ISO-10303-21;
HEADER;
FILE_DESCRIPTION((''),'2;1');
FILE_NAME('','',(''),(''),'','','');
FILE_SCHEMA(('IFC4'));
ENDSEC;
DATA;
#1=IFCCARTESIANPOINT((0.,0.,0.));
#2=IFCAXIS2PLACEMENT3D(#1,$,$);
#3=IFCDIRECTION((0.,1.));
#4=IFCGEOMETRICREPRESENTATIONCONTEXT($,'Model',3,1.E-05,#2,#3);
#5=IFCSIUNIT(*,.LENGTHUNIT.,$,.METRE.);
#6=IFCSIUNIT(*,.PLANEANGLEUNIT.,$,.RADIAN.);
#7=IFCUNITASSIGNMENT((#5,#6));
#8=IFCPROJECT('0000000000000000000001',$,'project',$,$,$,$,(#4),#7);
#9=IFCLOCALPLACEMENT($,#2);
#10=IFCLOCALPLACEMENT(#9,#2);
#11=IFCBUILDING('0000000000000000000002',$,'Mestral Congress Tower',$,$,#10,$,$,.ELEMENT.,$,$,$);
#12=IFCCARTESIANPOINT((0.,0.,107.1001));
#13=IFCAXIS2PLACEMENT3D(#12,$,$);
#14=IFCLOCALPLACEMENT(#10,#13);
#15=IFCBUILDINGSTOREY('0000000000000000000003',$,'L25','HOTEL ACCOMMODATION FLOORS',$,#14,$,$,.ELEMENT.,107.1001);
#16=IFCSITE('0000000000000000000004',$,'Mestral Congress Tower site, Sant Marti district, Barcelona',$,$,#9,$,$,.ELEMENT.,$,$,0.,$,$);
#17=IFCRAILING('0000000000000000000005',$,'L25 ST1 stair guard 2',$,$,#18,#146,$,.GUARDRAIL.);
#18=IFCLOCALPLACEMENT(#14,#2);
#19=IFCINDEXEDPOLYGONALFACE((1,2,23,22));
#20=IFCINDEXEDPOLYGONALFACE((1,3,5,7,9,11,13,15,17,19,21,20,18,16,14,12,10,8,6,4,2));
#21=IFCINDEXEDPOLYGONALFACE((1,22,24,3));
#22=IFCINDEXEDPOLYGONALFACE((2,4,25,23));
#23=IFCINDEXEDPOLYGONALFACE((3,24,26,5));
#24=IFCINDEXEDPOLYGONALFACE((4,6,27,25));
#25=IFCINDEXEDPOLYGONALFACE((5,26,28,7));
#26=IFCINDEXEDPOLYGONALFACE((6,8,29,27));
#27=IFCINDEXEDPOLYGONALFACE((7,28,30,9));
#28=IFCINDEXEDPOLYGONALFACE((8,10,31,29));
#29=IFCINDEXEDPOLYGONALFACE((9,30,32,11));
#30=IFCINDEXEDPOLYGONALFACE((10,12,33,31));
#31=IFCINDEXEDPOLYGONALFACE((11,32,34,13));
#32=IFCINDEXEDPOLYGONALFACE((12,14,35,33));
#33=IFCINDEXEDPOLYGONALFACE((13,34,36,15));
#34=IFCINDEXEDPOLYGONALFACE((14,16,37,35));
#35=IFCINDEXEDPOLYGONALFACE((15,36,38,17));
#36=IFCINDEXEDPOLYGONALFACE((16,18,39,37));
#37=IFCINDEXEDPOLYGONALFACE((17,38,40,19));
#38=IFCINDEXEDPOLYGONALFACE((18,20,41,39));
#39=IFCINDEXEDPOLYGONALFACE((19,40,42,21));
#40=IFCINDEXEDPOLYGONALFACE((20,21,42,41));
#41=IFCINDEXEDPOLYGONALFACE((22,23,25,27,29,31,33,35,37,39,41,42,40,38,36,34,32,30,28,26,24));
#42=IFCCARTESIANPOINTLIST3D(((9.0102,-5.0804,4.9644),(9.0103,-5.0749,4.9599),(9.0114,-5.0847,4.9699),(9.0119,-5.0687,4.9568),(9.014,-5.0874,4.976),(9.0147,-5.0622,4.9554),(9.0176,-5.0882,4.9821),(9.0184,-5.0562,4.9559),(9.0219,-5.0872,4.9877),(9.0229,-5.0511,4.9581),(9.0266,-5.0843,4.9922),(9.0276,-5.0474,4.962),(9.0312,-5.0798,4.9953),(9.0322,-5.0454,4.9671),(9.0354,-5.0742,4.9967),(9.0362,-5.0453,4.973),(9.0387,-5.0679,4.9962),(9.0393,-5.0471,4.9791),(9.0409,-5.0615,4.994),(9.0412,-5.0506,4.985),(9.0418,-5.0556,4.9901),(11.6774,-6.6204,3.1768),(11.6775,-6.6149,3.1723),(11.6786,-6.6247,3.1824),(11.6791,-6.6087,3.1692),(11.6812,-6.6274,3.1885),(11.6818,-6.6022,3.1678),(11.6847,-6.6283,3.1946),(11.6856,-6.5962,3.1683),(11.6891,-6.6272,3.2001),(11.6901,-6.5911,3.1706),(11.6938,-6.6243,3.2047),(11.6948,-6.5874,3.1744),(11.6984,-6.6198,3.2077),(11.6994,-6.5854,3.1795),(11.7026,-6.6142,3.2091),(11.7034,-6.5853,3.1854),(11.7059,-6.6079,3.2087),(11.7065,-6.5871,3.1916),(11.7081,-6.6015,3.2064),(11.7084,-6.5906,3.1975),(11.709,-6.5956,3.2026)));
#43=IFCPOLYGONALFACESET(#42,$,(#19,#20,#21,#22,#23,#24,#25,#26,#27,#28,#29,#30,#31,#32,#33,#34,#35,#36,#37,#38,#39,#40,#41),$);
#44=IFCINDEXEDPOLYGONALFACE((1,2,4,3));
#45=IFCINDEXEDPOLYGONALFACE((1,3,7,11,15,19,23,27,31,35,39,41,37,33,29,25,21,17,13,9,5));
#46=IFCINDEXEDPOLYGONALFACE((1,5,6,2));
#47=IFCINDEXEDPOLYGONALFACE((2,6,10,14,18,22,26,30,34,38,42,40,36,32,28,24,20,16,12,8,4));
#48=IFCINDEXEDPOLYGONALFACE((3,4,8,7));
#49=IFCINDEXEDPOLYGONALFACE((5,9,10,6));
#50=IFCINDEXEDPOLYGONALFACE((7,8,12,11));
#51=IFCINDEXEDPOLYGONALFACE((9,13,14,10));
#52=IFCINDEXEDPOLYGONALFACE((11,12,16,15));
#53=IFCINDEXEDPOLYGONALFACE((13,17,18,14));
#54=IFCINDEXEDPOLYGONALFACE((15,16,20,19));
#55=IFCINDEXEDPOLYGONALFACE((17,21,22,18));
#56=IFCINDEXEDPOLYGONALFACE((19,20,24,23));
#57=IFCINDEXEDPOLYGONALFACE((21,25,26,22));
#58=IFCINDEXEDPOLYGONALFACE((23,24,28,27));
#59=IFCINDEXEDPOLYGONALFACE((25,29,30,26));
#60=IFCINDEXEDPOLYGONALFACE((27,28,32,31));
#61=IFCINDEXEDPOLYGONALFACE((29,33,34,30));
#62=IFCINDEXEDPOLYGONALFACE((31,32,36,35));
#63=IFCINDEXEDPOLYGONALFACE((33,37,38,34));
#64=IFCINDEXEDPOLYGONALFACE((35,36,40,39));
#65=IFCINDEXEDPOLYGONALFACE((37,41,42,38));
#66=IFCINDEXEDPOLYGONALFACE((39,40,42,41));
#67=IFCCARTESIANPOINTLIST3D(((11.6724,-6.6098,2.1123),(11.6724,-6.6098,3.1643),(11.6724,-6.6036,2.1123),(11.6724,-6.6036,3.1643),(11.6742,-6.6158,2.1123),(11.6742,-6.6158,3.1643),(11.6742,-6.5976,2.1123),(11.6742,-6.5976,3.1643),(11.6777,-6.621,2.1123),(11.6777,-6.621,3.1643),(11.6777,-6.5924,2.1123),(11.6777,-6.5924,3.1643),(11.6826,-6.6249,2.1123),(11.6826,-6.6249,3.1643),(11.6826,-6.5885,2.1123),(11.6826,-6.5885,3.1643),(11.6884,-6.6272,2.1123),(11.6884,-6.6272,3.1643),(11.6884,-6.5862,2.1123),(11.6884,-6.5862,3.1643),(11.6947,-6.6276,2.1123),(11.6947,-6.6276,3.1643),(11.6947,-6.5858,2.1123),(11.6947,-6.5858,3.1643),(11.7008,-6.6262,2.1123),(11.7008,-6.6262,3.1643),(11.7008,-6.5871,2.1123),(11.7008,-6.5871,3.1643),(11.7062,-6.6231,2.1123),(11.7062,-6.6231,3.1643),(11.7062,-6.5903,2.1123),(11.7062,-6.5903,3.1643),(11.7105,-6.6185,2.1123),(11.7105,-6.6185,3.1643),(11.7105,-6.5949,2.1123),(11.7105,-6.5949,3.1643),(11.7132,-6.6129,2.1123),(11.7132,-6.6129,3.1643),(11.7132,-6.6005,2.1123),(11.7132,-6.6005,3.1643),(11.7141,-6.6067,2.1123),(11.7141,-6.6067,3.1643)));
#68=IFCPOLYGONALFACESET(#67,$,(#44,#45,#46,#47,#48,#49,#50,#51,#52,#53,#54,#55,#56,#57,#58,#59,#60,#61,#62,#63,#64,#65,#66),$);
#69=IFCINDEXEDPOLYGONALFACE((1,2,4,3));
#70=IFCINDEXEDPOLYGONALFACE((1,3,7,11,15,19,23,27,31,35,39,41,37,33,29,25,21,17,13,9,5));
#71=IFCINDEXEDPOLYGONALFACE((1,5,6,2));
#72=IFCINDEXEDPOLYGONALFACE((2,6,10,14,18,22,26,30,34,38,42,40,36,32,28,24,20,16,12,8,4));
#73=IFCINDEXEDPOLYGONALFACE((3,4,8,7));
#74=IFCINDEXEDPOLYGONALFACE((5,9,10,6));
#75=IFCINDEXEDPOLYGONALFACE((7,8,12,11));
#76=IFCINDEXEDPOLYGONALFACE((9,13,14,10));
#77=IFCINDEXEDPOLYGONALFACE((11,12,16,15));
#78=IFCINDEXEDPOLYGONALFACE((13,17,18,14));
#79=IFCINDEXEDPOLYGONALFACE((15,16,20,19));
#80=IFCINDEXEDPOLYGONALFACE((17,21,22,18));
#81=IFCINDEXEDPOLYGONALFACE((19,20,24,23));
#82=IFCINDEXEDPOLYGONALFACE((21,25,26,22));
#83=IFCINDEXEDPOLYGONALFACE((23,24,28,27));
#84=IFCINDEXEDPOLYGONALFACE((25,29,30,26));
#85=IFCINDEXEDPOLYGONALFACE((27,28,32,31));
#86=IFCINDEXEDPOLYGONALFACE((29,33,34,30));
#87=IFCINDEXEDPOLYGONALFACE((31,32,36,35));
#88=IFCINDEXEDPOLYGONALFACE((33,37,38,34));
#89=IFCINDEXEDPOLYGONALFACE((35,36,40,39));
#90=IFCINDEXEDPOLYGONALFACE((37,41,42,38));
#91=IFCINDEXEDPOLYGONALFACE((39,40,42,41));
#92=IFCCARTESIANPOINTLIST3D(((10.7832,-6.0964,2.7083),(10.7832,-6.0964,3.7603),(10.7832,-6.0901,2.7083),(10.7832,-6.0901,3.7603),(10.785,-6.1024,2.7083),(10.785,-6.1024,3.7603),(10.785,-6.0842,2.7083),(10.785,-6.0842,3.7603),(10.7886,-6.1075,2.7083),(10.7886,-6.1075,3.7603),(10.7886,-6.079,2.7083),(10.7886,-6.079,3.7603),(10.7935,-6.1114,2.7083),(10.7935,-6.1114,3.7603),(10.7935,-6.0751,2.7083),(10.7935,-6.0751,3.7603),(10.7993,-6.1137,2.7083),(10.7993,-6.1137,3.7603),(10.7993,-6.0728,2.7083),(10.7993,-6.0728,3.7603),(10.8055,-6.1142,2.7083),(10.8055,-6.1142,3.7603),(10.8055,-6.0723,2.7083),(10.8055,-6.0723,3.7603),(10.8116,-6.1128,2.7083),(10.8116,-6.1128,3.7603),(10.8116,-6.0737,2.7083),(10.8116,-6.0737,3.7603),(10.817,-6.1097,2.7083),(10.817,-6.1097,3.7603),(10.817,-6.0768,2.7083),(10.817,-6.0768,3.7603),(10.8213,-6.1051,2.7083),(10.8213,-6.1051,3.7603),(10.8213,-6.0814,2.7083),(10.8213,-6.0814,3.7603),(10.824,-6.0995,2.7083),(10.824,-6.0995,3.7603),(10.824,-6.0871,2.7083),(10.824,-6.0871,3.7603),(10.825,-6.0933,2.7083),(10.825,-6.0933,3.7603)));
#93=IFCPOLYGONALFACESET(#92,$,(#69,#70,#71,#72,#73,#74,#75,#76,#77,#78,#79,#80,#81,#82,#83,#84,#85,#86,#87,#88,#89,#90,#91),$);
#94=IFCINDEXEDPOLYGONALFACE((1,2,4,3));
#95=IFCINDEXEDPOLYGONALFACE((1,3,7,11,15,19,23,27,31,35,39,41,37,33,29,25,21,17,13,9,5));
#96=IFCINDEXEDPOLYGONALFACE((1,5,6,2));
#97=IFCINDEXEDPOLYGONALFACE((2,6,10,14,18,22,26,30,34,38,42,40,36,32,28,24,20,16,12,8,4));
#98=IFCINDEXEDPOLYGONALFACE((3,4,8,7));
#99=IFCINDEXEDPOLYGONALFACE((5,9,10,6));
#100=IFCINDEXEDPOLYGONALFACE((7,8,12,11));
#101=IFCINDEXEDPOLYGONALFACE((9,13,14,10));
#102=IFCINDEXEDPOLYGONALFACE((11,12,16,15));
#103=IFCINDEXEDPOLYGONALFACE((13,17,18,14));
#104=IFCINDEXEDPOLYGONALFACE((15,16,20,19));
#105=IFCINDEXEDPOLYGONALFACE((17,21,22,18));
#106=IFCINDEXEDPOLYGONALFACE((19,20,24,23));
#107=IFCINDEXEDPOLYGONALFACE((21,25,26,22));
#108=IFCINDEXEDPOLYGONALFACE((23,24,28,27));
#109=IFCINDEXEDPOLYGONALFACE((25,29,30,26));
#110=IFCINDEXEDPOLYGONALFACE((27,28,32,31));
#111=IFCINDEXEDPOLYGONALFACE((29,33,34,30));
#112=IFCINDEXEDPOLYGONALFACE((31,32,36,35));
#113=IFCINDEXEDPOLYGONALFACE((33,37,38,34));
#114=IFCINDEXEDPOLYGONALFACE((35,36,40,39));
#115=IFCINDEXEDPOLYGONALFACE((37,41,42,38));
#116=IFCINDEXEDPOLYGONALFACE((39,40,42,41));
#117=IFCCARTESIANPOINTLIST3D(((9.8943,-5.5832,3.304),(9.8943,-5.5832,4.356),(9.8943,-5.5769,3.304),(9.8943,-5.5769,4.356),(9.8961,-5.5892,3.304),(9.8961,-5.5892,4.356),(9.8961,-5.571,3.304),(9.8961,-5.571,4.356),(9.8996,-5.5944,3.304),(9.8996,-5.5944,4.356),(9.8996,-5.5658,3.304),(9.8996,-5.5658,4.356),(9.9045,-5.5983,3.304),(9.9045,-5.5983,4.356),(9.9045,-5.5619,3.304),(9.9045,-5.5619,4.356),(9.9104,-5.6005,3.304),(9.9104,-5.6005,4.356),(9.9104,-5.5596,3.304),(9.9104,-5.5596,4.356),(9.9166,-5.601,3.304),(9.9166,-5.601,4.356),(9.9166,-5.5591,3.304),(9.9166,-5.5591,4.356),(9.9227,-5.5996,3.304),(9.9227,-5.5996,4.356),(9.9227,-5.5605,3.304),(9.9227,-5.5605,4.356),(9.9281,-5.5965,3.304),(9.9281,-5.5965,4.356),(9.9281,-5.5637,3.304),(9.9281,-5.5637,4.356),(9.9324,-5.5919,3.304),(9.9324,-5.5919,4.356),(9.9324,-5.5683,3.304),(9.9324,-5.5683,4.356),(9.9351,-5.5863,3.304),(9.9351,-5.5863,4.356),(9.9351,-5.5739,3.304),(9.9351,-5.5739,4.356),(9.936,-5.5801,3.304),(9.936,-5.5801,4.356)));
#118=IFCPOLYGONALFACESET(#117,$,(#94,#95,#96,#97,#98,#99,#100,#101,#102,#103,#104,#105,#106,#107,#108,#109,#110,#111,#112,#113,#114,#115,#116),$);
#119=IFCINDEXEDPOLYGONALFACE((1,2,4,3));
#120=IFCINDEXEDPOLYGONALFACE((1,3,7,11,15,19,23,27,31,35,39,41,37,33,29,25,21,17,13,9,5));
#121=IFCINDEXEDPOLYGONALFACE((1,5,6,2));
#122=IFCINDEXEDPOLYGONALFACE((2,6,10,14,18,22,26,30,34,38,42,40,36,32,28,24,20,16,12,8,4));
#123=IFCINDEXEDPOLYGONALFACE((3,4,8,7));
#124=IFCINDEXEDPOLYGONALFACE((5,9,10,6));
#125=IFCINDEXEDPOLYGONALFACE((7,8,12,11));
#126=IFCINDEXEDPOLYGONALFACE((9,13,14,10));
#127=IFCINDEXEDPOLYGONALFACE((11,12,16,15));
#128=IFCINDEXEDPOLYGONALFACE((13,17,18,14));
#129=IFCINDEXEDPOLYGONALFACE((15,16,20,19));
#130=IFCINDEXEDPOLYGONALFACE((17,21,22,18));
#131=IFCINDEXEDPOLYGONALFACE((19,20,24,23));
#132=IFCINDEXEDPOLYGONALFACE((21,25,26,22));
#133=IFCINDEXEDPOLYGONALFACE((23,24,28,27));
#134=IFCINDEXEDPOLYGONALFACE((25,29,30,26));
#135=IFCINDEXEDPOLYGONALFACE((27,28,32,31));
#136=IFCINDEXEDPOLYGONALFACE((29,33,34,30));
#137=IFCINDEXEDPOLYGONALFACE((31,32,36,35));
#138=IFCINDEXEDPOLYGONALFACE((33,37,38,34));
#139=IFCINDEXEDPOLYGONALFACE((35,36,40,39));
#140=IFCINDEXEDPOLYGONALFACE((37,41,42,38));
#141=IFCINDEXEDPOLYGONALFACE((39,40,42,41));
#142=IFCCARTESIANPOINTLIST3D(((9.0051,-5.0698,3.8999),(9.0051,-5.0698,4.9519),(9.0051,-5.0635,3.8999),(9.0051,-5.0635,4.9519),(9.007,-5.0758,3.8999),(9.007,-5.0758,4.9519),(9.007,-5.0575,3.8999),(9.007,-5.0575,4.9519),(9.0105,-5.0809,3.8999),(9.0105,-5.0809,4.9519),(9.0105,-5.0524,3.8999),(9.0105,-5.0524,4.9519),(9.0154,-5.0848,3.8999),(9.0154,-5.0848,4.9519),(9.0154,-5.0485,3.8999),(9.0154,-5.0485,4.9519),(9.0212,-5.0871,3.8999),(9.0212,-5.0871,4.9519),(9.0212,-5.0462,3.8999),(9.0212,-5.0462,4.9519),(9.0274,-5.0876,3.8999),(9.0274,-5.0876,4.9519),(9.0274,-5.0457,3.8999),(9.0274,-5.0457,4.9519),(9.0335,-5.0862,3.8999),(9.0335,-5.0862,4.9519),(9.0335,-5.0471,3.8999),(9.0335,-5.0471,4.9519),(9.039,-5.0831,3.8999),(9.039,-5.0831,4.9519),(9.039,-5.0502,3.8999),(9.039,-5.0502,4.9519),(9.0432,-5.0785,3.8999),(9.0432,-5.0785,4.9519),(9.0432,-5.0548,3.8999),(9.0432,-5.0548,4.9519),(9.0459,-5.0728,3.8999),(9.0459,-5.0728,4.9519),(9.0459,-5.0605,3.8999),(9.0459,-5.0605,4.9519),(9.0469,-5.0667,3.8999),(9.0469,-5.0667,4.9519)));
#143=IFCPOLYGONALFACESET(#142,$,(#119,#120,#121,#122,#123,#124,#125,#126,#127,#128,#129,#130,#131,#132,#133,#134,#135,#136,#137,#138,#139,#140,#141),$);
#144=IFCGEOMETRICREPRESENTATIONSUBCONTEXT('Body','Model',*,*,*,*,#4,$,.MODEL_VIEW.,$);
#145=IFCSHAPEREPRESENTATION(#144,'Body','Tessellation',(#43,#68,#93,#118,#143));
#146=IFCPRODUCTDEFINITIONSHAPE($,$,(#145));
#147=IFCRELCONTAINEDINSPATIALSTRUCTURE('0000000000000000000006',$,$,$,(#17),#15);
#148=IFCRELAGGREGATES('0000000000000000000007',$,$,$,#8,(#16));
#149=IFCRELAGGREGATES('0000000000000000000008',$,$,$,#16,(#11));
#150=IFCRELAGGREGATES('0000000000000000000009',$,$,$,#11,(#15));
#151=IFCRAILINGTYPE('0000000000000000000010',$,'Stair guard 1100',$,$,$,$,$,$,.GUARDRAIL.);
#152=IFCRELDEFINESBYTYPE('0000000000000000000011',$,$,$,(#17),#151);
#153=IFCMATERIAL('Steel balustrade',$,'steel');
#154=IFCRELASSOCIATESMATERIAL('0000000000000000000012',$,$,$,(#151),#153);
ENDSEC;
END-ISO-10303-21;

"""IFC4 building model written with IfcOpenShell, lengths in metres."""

from ifc_helpers import new_model, si_unit, direction, frame, origin, origin_2d, place, context, subcontext, project, spatial, circle, extrude, material, type_object, element, save


model = new_model("IFC4")

# Units and contexts
model_context = context("Model", 3, precision=1e-05, world=origin(), true_north=direction((0.0, 1.0)))
body_context = subcontext(model_context, "Body", "Model", "MODEL_VIEW")
ifc_project = project(units=[si_unit("LENGTHUNIT", "METRE"), si_unit("PLANEANGLEUNIT", "RADIAN")], contexts=[model_context])

# Site, building, storey
site_placement = place(None, origin())
site = spatial("IfcSite", under=ifc_project, at=site_placement, Name="Mestral Congress Tower site, Sant Marti district, Barcelona", CompositionType="ELEMENT", RefElevation=0.0)
building_placement = place(site_placement, origin())
building = spatial("IfcBuilding", under=site, at=building_placement, Name="Mestral Congress Tower", CompositionType="ELEMENT")
storey_placement = place(building_placement, frame((0.0, 0.0, 107.1001)))
storey = spatial("IfcBuildingStorey", under=building, at=storey_placement, Name="L25", Description="HOTEL ACCOMMODATION FLOORS", CompositionType="ELEMENT", Elevation=107.1001)

# Railing
ifc_material_1 = material(Name="Steel balustrade", Category="steel")
railing_type_1 = type_object("IfcRailingType", Name="Stair guard 1100", PredefinedType="GUARDRAIL", material=ifc_material_1)
railing_1_placement = place(storey_placement, frame((11.6931, -6.6067, 2.1123)))
element("IfcRailing", 1, at=railing_1_placement, inside=storey, type_object=railing_type_1, Name="L25 ST1 stair guard 2", PredefinedType="GUARDRAIL", context=body_context, shape_type="SweptSolid", body=[
    extrude(circle(Radius=0.0239, at=origin_2d()), frame((0.0, 0.0, 1.0762), z_axis=(-0.748994, 0.432463, 0.50198), x_axis=(-0.500027, -0.86601, 0.0)), (0.0, 0.0, 1.0), 3.561),
    extrude(circle(Radius=0.021, at=origin_2d()), origin(), (0.0, 0.0, 1.0), 1.052),
    extrude(circle(Radius=0.021, at=origin_2d()), frame((-0.8892, 0.5134, 0.5959)), (0.0, 0.0, 1.0), 1.052),
    extrude(circle(Radius=0.021, at=origin_2d()), frame((-1.7781, 1.0266, 1.1917)), (0.0, 0.0, 1.0), 1.052),
    extrude(circle(Radius=0.021, at=origin_2d()), frame((-2.6672, 1.54, 1.7876)), (0.0, 0.0, 1.0), 1.052),
])

save(model, "model.ifc")
